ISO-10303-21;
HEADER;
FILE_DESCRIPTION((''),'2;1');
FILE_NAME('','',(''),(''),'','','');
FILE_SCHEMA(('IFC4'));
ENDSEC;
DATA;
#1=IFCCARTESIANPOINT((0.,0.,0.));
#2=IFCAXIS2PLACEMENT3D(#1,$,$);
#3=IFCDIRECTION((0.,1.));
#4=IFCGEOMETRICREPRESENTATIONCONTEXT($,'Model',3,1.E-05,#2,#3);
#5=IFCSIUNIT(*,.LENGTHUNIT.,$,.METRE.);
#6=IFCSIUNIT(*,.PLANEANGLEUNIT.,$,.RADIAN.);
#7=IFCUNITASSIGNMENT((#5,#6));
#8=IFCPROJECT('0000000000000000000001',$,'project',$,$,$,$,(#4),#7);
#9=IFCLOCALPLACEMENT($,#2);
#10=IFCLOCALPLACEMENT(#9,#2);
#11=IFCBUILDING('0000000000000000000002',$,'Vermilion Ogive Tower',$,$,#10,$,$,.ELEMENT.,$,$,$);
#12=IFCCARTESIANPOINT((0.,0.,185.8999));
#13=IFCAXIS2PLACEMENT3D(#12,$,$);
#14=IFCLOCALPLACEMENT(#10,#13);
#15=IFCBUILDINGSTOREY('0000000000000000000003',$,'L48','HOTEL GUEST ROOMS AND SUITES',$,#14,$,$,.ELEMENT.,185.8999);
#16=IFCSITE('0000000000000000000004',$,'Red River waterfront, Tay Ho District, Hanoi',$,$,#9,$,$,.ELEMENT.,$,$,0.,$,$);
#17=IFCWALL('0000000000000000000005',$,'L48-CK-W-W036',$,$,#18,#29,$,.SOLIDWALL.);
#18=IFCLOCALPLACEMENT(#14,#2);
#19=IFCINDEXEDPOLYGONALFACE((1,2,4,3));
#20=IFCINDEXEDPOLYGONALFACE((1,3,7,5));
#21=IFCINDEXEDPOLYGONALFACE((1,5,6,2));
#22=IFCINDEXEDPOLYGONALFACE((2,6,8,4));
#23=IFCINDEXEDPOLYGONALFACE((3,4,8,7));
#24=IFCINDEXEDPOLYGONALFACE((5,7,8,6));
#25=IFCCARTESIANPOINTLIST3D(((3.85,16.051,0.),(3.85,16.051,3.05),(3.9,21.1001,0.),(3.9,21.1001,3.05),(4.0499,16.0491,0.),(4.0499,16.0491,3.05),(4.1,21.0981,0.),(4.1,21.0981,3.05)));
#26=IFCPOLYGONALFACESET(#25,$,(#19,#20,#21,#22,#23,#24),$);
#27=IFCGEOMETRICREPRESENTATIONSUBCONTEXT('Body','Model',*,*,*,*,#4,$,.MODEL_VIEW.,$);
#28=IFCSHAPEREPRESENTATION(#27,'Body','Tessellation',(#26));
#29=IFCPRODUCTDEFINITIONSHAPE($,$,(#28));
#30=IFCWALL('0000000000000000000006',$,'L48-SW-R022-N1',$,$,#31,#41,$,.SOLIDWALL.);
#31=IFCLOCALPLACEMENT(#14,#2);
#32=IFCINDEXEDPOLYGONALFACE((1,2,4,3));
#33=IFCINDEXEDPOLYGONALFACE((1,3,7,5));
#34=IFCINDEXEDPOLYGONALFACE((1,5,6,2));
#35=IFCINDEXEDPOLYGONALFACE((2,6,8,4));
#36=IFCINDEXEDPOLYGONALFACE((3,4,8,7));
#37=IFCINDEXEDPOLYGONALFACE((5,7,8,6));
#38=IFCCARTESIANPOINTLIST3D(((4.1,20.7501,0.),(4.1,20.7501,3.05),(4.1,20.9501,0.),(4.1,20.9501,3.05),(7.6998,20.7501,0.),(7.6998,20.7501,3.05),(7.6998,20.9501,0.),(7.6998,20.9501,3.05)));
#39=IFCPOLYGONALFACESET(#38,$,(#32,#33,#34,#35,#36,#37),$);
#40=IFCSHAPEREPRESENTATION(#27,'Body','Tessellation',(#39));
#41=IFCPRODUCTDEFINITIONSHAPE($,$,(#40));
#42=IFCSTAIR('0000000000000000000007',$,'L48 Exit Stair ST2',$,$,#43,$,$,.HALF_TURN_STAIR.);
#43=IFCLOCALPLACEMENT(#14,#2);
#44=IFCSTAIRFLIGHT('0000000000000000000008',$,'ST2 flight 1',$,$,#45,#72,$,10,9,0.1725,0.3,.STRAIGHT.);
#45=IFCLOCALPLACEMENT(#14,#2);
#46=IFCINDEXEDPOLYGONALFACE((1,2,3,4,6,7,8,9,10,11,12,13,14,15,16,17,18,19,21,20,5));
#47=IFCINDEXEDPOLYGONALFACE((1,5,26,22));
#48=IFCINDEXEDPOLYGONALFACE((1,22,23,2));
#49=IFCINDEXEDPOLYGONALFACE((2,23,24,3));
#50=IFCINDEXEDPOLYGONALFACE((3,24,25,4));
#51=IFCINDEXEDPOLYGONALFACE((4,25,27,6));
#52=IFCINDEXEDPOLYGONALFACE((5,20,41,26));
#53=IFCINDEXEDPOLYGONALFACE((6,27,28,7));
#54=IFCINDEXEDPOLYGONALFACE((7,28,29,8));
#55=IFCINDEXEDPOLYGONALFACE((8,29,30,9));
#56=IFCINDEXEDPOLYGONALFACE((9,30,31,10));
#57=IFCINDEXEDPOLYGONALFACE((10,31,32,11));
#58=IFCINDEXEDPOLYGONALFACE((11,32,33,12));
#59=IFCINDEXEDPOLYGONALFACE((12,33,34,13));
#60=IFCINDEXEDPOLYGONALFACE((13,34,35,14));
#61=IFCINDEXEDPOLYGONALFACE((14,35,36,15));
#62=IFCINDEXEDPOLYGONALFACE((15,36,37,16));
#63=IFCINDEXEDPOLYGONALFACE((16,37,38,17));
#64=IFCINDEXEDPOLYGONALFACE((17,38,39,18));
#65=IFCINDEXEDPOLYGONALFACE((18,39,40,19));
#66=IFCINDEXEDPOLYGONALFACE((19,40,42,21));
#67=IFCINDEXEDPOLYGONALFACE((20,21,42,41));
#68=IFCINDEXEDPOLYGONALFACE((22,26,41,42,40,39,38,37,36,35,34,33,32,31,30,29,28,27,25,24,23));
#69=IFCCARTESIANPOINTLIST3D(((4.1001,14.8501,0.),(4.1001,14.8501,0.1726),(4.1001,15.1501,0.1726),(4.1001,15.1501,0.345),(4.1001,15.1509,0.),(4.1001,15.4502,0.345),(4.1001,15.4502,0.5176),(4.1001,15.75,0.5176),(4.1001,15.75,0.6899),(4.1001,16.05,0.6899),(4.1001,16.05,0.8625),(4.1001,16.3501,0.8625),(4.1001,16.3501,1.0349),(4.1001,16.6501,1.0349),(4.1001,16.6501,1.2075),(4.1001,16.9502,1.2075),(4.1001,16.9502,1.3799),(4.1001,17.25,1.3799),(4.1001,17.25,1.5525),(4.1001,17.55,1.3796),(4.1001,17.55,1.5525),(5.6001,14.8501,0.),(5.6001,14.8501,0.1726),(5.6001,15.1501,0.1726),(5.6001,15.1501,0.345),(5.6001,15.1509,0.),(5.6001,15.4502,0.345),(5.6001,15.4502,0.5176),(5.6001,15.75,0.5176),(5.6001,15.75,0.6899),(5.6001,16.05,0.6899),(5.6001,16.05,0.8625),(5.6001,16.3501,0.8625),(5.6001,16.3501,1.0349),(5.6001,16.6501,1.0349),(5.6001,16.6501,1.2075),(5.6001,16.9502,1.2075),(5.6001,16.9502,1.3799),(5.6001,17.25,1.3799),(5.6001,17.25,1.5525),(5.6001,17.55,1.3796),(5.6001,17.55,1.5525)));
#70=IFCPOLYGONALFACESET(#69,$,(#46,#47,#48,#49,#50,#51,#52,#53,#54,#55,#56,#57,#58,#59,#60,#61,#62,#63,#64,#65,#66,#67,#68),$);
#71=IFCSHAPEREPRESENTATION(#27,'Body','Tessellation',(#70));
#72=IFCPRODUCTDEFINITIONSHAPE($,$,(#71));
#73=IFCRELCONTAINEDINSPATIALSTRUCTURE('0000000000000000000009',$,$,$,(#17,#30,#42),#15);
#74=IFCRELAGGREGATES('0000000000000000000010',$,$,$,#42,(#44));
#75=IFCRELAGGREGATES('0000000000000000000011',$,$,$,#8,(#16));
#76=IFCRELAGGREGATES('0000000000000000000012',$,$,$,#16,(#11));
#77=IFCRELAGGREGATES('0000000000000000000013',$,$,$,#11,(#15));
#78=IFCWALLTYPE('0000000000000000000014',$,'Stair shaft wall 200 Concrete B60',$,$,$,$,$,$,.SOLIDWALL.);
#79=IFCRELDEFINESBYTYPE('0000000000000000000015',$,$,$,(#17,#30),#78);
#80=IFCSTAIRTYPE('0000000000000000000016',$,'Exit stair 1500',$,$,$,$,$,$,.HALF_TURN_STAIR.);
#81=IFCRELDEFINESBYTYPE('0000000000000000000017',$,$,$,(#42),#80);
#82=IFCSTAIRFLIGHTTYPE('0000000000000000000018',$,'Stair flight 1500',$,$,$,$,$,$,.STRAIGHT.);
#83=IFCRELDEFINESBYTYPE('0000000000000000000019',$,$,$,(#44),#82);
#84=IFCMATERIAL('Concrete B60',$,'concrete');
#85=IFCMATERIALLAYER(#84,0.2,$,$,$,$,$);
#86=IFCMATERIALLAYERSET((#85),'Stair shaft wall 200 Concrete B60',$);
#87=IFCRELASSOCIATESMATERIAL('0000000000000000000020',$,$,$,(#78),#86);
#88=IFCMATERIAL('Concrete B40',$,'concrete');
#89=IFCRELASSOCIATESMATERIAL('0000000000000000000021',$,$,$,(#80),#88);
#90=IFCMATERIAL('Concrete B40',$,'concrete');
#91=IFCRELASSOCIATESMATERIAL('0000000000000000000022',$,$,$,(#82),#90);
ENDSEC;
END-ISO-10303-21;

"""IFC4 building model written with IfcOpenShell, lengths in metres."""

from ifc_helpers import new_model, si_unit, direction, frame, frame_2d, origin, place, context, subcontext, project, spatial, polyline, rectangle, outline, extrude, material, layer, layer_set, type_object, element, aggregate, save


model = new_model("IFC4")

# Units and contexts
model_context = context("Model", 3, precision=1e-05, world=origin(), true_north=direction((0.0, 1.0)))
body_context = subcontext(model_context, "Body", "Model", "MODEL_VIEW")
ifc_project = project(units=[si_unit("LENGTHUNIT", "METRE"), si_unit("PLANEANGLEUNIT", "RADIAN")], contexts=[model_context])

# Site, building, storey
site_placement = place(None, origin())
site = spatial("IfcSite", under=ifc_project, at=site_placement, Name="Red River waterfront, Tay Ho District, Hanoi", CompositionType="ELEMENT", RefElevation=0.0)
building_placement = place(site_placement, origin())
building = spatial("IfcBuilding", under=site, at=building_placement, Name="Vermilion Ogive Tower", CompositionType="ELEMENT")
storey_placement = place(building_placement, frame((0.0, 0.0, 185.8999)))
storey = spatial("IfcBuildingStorey", under=building, at=storey_placement, Name="L48", Description="HOTEL GUEST ROOMS AND SUITES", CompositionType="ELEMENT", Elevation=185.8999)

# Shared definitions
ifc_material_1 = material(Name="Concrete B60", Category="concrete")
ifc_layer_1 = layer(ifc_material_1, 0.2)
ifc_layer_set_1 = layer_set([ifc_layer_1], Name="Stair shaft wall 200 Concrete B60")
wall_type_1 = type_object("IfcWallType", Name="Stair shaft wall 200 Concrete B60", PredefinedType="SOLIDWALL", material=ifc_layer_set_1)

# Walls
wall_1_placement = place(storey_placement, frame((3.95, 16.05, 0.0), z_axis=(0.0, 0.0, 1.0), x_axis=(0.009912, 0.999951, 0.0)))
element("IfcWall", 1, at=wall_1_placement, inside=storey, type_object=wall_type_1, Name="L48-CK-W-W036", PredefinedType="SOLIDWALL", context=body_context, shape_type="SweptSolid", body=[
    extrude(rectangle(XDim=5.0493, YDim=0.2, at=frame_2d((2.5247, 0.0))), origin(), (0.0, 0.0, 1.0), 3.05),
])
wall_2_placement = place(storey_placement, frame((4.1001, 20.8501, 0.0), z_axis=(0.0, 0.0, 1.0), x_axis=(1.0, 0.0, 0.0)))
element("IfcWall", 2, at=wall_2_placement, inside=storey, type_object=wall_type_1, Name="L48-SW-R022-N1", PredefinedType="SOLIDWALL", context=body_context, shape_type="SweptSolid", body=[
    extrude(rectangle(XDim=3.5999, YDim=0.2, at=frame_2d((1.7998, 0.0))), origin(), (0.0, 0.0, 1.0), 3.05),
])

# Stair, stair flight
ifc_material_2 = material(Name="Concrete B40", Category="concrete")
stair_type = type_object("IfcStairType", Name="Exit stair 1500", PredefinedType="HALF_TURN_STAIR", material=ifc_material_2)
stair_placement = place(storey_placement, origin())
stair = element("IfcStair", 3, at=stair_placement, inside=storey, type_object=stair_type, Name="L48 Exit Stair ST2", PredefinedType="HALF_TURN_STAIR")
ifc_material_3 = material(Name="Concrete B40", Category="concrete")
stair_flight_type = type_object("IfcStairFlightType", Name="Stair flight 1500", PredefinedType="STRAIGHT", material=ifc_material_3)
stair_flight_placement = place(storey_placement, frame((4.8501, 14.8501, 0.0), z_axis=(0.0, 0.0, 1.0), x_axis=(0.0, 1.0, 0.0)))
stair_flight = element("IfcStairFlight", 4, at=stair_flight_placement, type_object=stair_flight_type, Name="ST2 flight 1", NumberOfRisers=10, NumberOfTreads=9, PredefinedType="STRAIGHT", RiserHeight=0.1725, TreadLength=0.3, context=body_context, shape_type="SweptSolid", body=[
    extrude(outline(polyline([(0.0, 0.0), (0.0, 0.1726), (0.3, 0.1726), (0.3, 0.345), (0.6001, 0.345), (0.6001, 0.5176), (0.8999, 0.5176), (0.8999, 0.6899), (1.2, 0.6899), (1.2, 0.8625), (1.5, 0.8625), (1.5, 1.0349), (1.8, 1.0349), (1.8, 1.2075), (2.1001, 1.2075), (2.1001, 1.3799), (2.3999, 1.3799), (2.3999, 1.5525), (2.7, 1.5525), (2.7, 1.7251), (2.7, 1.3796), (0.3008, 0.0), (0.0, 0.0)])), frame((0.0, 0.75, 0.0), z_axis=(0.0, -1.0, 0.0), x_axis=(1.0, 0.0, 0.0)), (0.0, 0.0, 1.0), 1.5),
])
aggregate(stair, [stair_flight])

save(model, "model.ifc")
